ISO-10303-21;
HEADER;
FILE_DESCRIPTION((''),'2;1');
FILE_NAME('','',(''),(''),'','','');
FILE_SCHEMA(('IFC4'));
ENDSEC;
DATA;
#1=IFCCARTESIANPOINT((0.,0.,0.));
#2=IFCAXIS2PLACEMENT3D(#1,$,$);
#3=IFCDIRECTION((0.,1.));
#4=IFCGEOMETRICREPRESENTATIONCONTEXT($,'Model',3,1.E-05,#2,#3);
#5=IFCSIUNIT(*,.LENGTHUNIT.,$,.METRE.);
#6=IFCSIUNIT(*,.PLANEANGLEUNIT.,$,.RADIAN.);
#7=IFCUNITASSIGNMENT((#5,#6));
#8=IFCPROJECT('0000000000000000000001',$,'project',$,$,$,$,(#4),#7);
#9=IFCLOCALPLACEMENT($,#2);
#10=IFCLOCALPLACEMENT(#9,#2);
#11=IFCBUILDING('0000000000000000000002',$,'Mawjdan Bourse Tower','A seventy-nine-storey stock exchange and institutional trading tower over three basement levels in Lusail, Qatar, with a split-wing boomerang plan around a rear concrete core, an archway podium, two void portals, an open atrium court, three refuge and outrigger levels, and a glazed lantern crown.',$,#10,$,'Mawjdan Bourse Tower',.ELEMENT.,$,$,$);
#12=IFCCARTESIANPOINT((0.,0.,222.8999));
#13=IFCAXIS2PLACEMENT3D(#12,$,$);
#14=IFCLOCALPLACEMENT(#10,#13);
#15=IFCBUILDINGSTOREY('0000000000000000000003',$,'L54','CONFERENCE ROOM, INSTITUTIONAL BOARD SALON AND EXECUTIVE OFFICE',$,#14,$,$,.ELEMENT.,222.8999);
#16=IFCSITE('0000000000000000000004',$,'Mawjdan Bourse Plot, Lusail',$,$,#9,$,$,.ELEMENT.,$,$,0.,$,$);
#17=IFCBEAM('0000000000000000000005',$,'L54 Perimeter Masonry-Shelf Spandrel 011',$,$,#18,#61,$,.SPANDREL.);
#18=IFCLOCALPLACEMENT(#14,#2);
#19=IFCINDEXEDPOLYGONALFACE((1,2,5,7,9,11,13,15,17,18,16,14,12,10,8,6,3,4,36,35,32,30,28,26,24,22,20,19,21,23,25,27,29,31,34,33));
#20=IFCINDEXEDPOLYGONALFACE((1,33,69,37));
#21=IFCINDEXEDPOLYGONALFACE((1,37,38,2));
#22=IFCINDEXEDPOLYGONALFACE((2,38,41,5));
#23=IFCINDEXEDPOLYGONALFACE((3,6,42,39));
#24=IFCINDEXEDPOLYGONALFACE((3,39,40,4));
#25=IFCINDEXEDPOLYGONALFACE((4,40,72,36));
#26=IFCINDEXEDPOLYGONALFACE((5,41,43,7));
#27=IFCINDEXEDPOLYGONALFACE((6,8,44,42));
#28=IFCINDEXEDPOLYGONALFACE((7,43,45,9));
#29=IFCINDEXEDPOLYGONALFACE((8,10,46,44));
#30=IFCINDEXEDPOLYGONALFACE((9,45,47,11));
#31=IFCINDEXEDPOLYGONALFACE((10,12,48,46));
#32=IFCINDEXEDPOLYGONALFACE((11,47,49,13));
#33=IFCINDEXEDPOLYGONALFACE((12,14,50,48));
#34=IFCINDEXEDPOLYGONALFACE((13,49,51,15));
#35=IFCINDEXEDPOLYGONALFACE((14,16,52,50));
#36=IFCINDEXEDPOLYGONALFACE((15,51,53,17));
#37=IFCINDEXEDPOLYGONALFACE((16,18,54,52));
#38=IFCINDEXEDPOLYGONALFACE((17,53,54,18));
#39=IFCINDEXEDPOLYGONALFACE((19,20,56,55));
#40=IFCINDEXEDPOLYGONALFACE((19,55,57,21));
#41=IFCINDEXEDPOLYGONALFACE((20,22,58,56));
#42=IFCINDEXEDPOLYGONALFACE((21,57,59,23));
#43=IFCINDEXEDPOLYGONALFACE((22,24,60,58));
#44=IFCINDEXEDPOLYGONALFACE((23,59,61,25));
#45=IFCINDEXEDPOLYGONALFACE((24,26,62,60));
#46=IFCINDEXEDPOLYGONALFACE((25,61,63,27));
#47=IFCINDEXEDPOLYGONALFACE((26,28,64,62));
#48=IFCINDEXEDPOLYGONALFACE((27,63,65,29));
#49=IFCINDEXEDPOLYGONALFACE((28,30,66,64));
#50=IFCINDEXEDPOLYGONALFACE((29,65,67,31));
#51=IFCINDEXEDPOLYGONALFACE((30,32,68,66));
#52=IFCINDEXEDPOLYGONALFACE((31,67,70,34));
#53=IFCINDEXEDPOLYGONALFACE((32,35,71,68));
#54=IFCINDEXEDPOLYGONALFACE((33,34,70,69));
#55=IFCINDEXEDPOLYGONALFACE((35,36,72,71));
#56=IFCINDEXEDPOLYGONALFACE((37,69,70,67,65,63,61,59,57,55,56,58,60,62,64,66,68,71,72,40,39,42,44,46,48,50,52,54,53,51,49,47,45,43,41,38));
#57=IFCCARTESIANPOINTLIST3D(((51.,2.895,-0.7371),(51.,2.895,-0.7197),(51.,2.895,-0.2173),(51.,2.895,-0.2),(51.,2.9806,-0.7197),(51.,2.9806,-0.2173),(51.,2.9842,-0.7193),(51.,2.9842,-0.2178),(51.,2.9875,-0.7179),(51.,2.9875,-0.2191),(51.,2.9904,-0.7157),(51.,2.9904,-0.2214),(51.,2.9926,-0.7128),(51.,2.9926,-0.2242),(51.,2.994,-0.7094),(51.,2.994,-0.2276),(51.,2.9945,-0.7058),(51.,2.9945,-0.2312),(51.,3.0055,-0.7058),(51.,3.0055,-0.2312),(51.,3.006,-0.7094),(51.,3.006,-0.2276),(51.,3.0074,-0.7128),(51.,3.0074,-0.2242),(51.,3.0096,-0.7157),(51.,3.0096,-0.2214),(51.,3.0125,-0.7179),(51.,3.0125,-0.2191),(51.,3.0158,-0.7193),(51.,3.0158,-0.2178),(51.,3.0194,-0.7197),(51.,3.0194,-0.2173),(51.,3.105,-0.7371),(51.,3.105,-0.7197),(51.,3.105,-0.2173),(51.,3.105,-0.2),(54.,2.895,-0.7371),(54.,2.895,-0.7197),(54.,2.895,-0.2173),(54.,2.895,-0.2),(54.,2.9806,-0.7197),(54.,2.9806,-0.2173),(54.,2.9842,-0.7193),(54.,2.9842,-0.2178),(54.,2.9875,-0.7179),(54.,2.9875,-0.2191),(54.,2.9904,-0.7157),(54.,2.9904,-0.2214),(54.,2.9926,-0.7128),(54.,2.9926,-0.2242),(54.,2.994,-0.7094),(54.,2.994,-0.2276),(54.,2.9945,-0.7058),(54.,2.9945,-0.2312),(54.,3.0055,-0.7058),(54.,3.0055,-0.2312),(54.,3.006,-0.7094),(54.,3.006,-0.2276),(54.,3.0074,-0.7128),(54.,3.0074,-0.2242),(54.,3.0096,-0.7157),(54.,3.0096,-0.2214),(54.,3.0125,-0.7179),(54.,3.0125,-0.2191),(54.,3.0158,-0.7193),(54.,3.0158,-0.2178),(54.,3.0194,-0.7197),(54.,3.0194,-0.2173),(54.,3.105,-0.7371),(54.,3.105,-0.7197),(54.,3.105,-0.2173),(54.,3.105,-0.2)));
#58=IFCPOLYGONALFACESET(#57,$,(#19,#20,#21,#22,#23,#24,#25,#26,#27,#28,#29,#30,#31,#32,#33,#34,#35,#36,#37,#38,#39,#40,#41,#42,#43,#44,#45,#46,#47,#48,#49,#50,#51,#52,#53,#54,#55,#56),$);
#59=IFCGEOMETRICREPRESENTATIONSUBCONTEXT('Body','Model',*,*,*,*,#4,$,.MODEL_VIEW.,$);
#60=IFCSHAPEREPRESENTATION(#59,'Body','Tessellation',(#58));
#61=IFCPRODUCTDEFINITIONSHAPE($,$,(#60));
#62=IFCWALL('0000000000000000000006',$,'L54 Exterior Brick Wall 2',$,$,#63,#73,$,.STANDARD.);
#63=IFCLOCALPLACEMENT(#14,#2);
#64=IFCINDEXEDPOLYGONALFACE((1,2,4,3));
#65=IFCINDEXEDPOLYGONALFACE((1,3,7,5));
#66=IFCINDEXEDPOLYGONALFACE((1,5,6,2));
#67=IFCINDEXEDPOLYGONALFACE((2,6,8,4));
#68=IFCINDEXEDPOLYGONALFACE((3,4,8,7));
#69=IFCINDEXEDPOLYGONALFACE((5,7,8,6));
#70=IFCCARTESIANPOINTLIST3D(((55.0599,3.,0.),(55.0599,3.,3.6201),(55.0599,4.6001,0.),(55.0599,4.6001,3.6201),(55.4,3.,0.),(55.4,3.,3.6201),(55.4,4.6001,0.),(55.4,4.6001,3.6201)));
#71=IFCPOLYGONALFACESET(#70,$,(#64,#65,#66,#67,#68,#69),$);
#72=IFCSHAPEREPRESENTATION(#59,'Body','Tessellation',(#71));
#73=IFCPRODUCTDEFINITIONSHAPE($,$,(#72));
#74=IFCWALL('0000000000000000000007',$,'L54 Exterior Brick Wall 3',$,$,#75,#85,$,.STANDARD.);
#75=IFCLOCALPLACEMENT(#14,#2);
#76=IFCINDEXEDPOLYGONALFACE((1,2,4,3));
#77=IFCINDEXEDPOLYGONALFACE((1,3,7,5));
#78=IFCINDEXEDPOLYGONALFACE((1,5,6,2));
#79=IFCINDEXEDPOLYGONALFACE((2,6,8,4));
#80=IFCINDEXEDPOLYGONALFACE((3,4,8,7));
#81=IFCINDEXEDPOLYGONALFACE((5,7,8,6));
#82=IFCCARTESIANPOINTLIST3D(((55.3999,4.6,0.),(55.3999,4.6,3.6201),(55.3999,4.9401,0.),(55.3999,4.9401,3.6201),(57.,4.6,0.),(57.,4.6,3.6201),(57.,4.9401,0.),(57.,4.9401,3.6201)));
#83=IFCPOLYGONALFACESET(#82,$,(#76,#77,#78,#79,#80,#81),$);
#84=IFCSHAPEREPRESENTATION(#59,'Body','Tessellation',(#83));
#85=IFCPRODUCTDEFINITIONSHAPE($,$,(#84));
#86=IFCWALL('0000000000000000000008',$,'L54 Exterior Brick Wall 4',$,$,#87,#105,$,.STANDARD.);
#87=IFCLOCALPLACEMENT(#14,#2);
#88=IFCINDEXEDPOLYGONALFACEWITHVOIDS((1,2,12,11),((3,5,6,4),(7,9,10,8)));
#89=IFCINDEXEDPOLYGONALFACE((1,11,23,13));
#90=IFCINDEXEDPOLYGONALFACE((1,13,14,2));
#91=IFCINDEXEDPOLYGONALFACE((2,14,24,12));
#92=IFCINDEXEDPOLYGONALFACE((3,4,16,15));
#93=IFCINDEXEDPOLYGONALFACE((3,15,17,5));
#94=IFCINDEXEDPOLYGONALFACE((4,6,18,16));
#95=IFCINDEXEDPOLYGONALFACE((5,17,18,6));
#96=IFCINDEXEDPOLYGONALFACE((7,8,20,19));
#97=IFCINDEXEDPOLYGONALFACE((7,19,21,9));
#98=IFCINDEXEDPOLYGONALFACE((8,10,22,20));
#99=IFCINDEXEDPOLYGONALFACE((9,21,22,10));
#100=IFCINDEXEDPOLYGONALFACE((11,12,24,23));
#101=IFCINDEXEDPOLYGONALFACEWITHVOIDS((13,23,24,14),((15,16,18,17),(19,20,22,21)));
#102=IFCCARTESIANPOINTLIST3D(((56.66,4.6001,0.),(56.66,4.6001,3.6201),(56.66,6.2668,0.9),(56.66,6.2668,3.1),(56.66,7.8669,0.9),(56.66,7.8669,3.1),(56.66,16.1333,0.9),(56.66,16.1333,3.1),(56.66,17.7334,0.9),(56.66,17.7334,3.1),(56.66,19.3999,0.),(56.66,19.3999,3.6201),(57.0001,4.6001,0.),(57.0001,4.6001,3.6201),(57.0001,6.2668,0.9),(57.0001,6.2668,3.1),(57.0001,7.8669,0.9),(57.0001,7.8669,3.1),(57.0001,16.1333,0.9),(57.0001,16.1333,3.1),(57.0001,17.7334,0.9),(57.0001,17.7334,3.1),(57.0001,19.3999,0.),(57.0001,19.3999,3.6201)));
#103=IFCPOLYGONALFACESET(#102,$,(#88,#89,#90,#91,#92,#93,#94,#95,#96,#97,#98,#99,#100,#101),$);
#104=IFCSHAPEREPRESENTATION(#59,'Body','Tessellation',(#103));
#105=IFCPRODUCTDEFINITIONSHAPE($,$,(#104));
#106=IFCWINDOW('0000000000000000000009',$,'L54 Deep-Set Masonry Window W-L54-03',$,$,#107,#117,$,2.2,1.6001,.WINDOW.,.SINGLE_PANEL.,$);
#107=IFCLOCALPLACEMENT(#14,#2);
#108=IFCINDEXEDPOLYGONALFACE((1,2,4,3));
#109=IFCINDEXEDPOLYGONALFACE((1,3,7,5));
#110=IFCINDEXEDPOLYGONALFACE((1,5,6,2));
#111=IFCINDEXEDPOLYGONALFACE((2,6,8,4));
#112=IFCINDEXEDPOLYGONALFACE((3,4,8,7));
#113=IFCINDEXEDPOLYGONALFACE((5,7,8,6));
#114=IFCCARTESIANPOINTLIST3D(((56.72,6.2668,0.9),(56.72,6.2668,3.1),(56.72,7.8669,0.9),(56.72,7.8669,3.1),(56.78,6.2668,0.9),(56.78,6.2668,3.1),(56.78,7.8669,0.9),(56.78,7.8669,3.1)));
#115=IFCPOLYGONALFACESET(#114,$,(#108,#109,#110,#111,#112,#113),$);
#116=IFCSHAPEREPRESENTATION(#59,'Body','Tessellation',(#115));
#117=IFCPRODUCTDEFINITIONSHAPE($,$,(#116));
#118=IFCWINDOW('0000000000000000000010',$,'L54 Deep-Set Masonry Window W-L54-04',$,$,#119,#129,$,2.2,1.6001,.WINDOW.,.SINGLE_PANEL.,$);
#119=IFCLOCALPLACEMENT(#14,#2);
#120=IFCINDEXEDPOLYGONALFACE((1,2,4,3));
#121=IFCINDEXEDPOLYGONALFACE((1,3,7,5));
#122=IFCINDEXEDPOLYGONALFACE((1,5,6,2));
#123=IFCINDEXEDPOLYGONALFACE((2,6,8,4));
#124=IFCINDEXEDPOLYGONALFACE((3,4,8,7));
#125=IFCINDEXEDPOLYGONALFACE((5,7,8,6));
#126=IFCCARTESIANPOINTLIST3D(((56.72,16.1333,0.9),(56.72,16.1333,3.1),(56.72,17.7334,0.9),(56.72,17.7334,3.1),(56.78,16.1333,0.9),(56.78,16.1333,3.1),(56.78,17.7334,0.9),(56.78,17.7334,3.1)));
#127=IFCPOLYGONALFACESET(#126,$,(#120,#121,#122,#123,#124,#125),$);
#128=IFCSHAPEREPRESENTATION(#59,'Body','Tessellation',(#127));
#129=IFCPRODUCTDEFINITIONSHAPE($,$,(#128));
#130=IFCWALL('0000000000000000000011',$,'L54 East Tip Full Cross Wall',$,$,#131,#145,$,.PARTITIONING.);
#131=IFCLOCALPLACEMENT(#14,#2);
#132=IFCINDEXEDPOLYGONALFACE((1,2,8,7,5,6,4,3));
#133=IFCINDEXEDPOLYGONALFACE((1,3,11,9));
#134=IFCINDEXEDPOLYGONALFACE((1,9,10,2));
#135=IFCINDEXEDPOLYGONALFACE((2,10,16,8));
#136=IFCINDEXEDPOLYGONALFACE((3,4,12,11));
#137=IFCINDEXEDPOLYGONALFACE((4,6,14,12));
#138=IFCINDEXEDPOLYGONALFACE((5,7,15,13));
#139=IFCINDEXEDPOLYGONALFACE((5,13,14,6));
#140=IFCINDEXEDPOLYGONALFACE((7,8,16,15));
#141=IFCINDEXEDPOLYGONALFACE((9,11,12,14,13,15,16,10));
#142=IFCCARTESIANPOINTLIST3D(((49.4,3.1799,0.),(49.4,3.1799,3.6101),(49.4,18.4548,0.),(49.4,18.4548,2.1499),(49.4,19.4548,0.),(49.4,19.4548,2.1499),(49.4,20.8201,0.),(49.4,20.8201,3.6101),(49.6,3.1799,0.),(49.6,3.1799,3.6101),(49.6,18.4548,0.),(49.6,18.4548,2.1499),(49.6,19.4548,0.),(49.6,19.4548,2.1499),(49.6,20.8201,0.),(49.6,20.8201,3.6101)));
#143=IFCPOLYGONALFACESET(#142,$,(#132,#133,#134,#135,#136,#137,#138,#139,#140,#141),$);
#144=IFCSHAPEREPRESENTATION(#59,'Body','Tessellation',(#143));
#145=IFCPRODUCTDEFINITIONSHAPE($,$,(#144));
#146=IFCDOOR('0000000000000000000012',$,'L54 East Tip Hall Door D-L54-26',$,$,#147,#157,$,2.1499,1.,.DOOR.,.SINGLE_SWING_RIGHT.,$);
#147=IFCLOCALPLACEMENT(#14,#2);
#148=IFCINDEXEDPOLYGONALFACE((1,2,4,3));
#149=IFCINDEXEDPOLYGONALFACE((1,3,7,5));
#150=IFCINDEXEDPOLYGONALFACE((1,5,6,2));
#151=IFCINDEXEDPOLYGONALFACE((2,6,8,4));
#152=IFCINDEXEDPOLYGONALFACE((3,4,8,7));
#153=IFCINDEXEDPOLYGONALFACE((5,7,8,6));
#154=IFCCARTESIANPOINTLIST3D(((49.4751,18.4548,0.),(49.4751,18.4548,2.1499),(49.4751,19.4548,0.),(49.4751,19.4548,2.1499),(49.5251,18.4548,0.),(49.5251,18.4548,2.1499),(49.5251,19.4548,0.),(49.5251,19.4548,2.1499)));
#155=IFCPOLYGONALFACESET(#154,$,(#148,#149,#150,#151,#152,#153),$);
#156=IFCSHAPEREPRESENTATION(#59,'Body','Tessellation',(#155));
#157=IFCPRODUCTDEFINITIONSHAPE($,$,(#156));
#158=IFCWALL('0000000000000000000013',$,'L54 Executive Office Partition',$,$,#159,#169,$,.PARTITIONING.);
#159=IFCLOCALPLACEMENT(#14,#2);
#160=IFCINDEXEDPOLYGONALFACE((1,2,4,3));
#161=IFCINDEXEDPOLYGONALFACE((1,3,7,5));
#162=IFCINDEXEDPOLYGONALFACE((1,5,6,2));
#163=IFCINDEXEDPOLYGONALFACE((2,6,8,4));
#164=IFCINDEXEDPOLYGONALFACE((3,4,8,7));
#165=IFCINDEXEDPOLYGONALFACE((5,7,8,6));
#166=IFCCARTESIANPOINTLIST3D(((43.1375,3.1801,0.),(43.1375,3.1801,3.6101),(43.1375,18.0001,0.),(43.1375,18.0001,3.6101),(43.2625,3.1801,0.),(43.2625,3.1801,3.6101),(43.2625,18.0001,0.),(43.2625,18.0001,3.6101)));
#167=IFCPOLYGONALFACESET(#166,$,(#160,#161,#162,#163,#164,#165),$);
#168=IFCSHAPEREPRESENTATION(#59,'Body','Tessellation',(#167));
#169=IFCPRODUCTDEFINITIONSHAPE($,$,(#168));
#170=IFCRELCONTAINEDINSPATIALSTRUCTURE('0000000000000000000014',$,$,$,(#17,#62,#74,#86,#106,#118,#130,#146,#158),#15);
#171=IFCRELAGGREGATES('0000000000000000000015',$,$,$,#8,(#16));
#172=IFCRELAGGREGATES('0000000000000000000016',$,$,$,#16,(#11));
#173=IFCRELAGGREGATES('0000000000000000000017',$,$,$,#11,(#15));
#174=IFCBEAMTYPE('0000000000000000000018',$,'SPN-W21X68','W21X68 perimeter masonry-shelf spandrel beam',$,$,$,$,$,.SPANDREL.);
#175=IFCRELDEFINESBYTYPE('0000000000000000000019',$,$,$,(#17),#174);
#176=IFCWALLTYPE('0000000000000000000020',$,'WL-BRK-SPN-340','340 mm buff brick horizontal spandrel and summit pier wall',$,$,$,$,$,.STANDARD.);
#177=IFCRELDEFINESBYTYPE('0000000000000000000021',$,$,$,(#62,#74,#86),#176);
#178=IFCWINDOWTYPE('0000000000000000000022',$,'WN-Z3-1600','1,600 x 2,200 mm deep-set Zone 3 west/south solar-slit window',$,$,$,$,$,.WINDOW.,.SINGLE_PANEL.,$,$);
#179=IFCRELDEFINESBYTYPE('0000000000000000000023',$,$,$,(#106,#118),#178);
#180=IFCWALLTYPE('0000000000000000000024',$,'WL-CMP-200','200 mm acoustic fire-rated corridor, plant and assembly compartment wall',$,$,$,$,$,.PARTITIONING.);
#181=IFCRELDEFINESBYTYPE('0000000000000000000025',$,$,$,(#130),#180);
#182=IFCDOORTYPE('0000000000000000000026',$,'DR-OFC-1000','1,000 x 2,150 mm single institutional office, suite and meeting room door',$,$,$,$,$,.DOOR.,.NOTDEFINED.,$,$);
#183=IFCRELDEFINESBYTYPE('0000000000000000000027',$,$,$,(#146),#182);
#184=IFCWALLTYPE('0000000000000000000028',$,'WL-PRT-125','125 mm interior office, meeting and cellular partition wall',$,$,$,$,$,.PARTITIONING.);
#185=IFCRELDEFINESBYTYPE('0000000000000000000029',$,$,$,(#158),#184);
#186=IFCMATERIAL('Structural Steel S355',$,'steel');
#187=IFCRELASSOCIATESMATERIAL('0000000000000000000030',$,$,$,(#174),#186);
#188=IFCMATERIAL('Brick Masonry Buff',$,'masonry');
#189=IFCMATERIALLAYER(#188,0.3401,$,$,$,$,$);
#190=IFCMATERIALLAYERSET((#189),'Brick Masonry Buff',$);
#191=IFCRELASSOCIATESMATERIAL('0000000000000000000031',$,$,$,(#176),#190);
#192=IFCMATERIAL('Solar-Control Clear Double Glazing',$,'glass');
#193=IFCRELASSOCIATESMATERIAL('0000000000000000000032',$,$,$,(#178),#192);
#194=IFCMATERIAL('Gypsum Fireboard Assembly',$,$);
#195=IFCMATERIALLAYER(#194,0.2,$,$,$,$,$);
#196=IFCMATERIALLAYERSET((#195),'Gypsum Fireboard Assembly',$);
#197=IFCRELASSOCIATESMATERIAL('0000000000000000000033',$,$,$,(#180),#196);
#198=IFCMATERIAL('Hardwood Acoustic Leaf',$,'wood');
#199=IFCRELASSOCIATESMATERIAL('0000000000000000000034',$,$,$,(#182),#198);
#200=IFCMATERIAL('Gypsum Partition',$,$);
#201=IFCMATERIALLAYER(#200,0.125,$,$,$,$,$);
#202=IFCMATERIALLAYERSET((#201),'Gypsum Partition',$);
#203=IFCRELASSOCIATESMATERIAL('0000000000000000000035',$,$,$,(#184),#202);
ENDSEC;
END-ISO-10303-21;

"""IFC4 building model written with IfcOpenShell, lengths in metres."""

from ifc_helpers import new_model, si_unit, direction, frame, frame_2d, origin, origin_2d, place, context, subcontext, project, spatial, rectangle, i_section, extrude, material, layer, layer_set, material_profile, profile_set, type_object, element, fill, save


model = new_model("IFC4")

# Units and contexts
model_context = context("Model", 3, precision=1e-05, world=origin(), true_north=direction((0.0, 1.0)))
body_context = subcontext(model_context, "Body", "Model", "MODEL_VIEW")
ifc_project = project(units=[si_unit("LENGTHUNIT", "METRE"), si_unit("PLANEANGLEUNIT", "RADIAN")], contexts=[model_context])

# Site, building, storey
site_placement = place(None, origin())
site = spatial("IfcSite", under=ifc_project, at=site_placement, Name="Mawjdan Bourse Plot, Lusail", CompositionType="ELEMENT", RefElevation=0.0)
building_placement = place(site_placement, origin())
building = spatial("IfcBuilding", under=site, at=building_placement, Name="Mawjdan Bourse Tower", Description="A seventy-nine-storey stock exchange and institutional trading tower over three basement levels in Lusail, Qatar, with a split-wing boomerang plan around a rear concrete core, an archway podium, two void portals, an open atrium court, three refuge and outrigger levels, and a glazed lantern crown.", LongName="Mawjdan Bourse Tower", CompositionType="ELEMENT")
storey_placement = place(building_placement, frame((0.0, 0.0, 222.8999)))
storey = spatial("IfcBuildingStorey", under=building, at=storey_placement, Name="L54", Description="CONFERENCE ROOM, INSTITUTIONAL BOARD SALON AND EXECUTIVE OFFICE", CompositionType="ELEMENT", Elevation=222.8999)

# Beam
ifc_material_1 = material(Name="Structural Steel S355", Category="steel")
ifc_material_profile_1 = material_profile(ifc_material_1, i_section(OverallWidth=0.21, OverallDepth=0.5371, WebThickness=0.011, FlangeThickness=0.0173, FilletRadius=0.0139, at=origin_2d()), Name="W21X68")
ifc_profile_set_1 = profile_set([ifc_material_profile_1], Name="Structural Steel S355")
beam_type_1 = type_object("IfcBeamType", Name="SPN-W21X68", Description="W21X68 perimeter masonry-shelf spandrel beam", PredefinedType="SPANDREL", material=ifc_profile_set_1)
for number, where, z_axis, x_axis, name in (
    (1, (51.0, 3.0, -0.4685), (1.0, 0.0, 0.0), (0.0, 1.0, 0.0), "L54 Perimeter Masonry-Shelf Spandrel 011"),
):
    element("IfcBeam", number, at=place(storey_placement, frame(where, z_axis=z_axis, x_axis=x_axis)), inside=storey, type_object=beam_type_1, Name=name, PredefinedType="SPANDREL", context=body_context, shape_type="SweptSolid", body=[
        extrude(i_section(OverallWidth=0.21, OverallDepth=0.5371, WebThickness=0.011, FlangeThickness=0.0173, FilletRadius=0.0139, at=origin_2d()), origin(), (0.0, 0.0, 1.0), 3.0),
    ])

# Walls
ifc_material_2 = material(Name="Brick Masonry Buff", Category="masonry")
ifc_layer_1 = layer(ifc_material_2, 0.3401)
ifc_layer_set_1 = layer_set([ifc_layer_1], Name="Brick Masonry Buff")
wall_type_1 = type_object("IfcWallType", Name="WL-BRK-SPN-340", Description="340 mm buff brick horizontal spandrel and summit pier wall", PredefinedType="STANDARD", material=ifc_layer_set_1)
for number, where, z_axis, x_axis, name in (
    (2, (55.23, 3.0, 0.0), (0.0, 0.0, 1.0), (0.0, 1.0, 0.0), "L54 Exterior Brick Wall 2"),
    (3, (55.3999, 4.77, 0.0), (0.0, 0.0, 1.0), (1.0, 0.0, 0.0), "L54 Exterior Brick Wall 3"),
):
    element("IfcWall", number, at=place(storey_placement, frame(where, z_axis=z_axis, x_axis=x_axis)), inside=storey, type_object=wall_type_1, Name=name, PredefinedType="STANDARD", context=body_context, shape_type="SweptSolid", body=[
        extrude(rectangle(XDim=1.6001, YDim=0.3401, at=frame_2d((0.8, 0.0))), origin(), (0.0, 0.0, 1.0), 3.6201),
    ])

# Wall, openings, windows
wall_1_placement = place(storey_placement, frame((56.8301, 4.6001, 0.0), z_axis=(0.0, 0.0, 1.0), x_axis=(0.0, 1.0, 0.0)))
wall_1 = element("IfcWall", 4, at=wall_1_placement, inside=storey, type_object=wall_type_1, Name="L54 Exterior Brick Wall 4", PredefinedType="STANDARD", context=body_context, shape_type="SweptSolid", body=[
    extrude(rectangle(XDim=14.7998, YDim=0.3401, at=frame_2d((7.3999, 0.0))), origin(), (0.0, 0.0, 1.0), 3.6201),
])
opening_1_placement = place(wall_1_placement, frame((1.6667, 0.0, 0.8999)))
opening_1 = element("IfcOpeningElement", 5, at=opening_1_placement, cuts=wall_1, PredefinedType="OPENING", context=body_context, shape_type="SweptSolid", body=[
    extrude(rectangle(XDim=1.6001, YDim=2.2, at=frame_2d((0.8, 1.1001))), frame((0.0, 0.1802, 0.0), z_axis=(0.0, -1.0, 0.0), x_axis=(1.0, 0.0, 0.0)), (0.0, 0.0, 1.0), 0.3601),
])
opening_2_placement = place(wall_1_placement, frame((11.5332, 0.0, 0.8999)))
opening_2 = element("IfcOpeningElement", 6, at=opening_2_placement, cuts=wall_1, PredefinedType="OPENING", context=body_context, shape_type="SweptSolid", body=[
    extrude(rectangle(XDim=1.6001, YDim=2.2, at=frame_2d((0.8, 1.1001))), frame((0.0, 0.1802, 0.0), z_axis=(0.0, -1.0, 0.0), x_axis=(1.0, 0.0, 0.0)), (0.0, 0.0, 1.0), 0.3601),
])
ifc_material_3 = material(Name="Solar-Control Clear Double Glazing", Category="glass")
window_type = type_object("IfcWindowType", Name="WN-Z3-1600", Description="1,600 x 2,200 mm deep-set Zone 3 west/south solar-slit window", PartitioningType="SINGLE_PANEL", PredefinedType="WINDOW", material=ifc_material_3)
window_1_placement = place(opening_1_placement, origin())
window_1 = element("IfcWindow", 7, at=window_1_placement, inside=storey, type_object=window_type, Name="L54 Deep-Set Masonry Window W-L54-03", OverallHeight=2.2, OverallWidth=1.6001, PartitioningType="SINGLE_PANEL", PredefinedType="WINDOW", context=body_context, shape_type="SweptSolid", body=[
    extrude(rectangle(XDim=1.6001, YDim=2.2, at=frame_2d((0.8, 1.1001))), frame((0.0, 0.1101, 0.0), z_axis=(0.0, -1.0, 0.0), x_axis=(1.0, 0.0, 0.0)), (0.0, 0.0, 1.0), 0.0601),
])
fill(opening_1, window_1)
window_2_placement = place(opening_2_placement, origin())
window_2 = element("IfcWindow", 8, at=window_2_placement, inside=storey, type_object=window_type, Name="L54 Deep-Set Masonry Window W-L54-04", OverallHeight=2.2, OverallWidth=1.6001, PartitioningType="SINGLE_PANEL", PredefinedType="WINDOW", context=body_context, shape_type="SweptSolid", body=[
    extrude(rectangle(XDim=1.6001, YDim=2.2, at=frame_2d((0.8, 1.1001))), frame((0.0, 0.1101, 0.0), z_axis=(0.0, -1.0, 0.0), x_axis=(1.0, 0.0, 0.0)), (0.0, 0.0, 1.0), 0.0601),
])
fill(opening_2, window_2)

# Wall, opening, door
ifc_material_4 = material(Name="Gypsum Fireboard Assembly")
ifc_layer_2 = layer(ifc_material_4, 0.2)
ifc_layer_set_2 = layer_set([ifc_layer_2], Name="Gypsum Fireboard Assembly")
wall_type_2 = type_object("IfcWallType", Name="WL-CMP-200", Description="200 mm acoustic fire-rated corridor, plant and assembly compartment wall", PredefinedType="PARTITIONING", material=ifc_layer_set_2)
wall_2_placement = place(storey_placement, frame((49.5, 3.1799, 0.0), z_axis=(0.0, 0.0, 1.0), x_axis=(0.0, 1.0, 0.0)))
wall_2 = element("IfcWall", 9, at=wall_2_placement, inside=storey, type_object=wall_type_2, Name="L54 East Tip Full Cross Wall", PredefinedType="PARTITIONING", context=body_context, shape_type="SweptSolid", body=[
    extrude(rectangle(XDim=17.6401, YDim=0.2, at=frame_2d((8.8201, 0.0))), origin(), (0.0, 0.0, 1.0), 3.6101),
])
opening_3_placement = place(wall_2_placement, frame((15.2749, 0.0, 0.0)))
opening_3 = element("IfcOpeningElement", 10, at=opening_3_placement, cuts=wall_2, PredefinedType="OPENING", context=body_context, shape_type="SweptSolid", body=[
    extrude(rectangle(XDim=1.0, YDim=2.1499, at=frame_2d((0.5, 1.075))), frame((0.0, 0.1099, 0.0), z_axis=(0.0, -1.0, 0.0), x_axis=(1.0, 0.0, 0.0)), (0.0, 0.0, 1.0), 0.22),
])
ifc_material_5 = material(Name="Hardwood Acoustic Leaf", Category="wood")
door_type = type_object("IfcDoorType", Name="DR-OFC-1000", Description="1,000 x 2,150 mm single institutional office, suite and meeting room door", OperationType="NOTDEFINED", PredefinedType="DOOR", material=ifc_material_5)
door_placement = place(opening_3_placement, origin())
door = element("IfcDoor", 11, at=door_placement, inside=storey, type_object=door_type, Name="L54 East Tip Hall Door D-L54-26", OperationType="SINGLE_SWING_RIGHT", OverallHeight=2.1499, OverallWidth=1.0, PredefinedType="DOOR", context=body_context, shape_type="SweptSolid", body=[
    extrude(rectangle(XDim=1.0, YDim=2.1499, at=frame_2d((0.5, 1.075))), frame((0.0, 0.0249, 0.0), z_axis=(0.0, -1.0, 0.0), x_axis=(1.0, 0.0, 0.0)), (0.0, 0.0, 1.0), 0.05),
])
fill(opening_3, door)

# Wall
ifc_material_6 = material(Name="Gypsum Partition")
ifc_layer_3 = layer(ifc_material_6, 0.125)
ifc_layer_set_3 = layer_set([ifc_layer_3], Name="Gypsum Partition")
wall_type_3 = type_object("IfcWallType", Name="WL-PRT-125", Description="125 mm interior office, meeting and cellular partition wall", PredefinedType="PARTITIONING", material=ifc_layer_set_3)
wall_3_placement = place(storey_placement, frame((43.2, 3.1799, 0.0), z_axis=(0.0, 0.0, 1.0), x_axis=(0.0, 1.0, 0.0)))
element("IfcWall", 12, at=wall_3_placement, inside=storey, type_object=wall_type_3, Name="L54 Executive Office Partition", PredefinedType="PARTITIONING", context=body_context, shape_type="SweptSolid", body=[
    extrude(rectangle(XDim=14.8201, YDim=0.125, at=frame_2d((7.4102, 0.0))), origin(), (0.0, 0.0, 1.0), 3.6101),
])

save(model, "model.ifc")
